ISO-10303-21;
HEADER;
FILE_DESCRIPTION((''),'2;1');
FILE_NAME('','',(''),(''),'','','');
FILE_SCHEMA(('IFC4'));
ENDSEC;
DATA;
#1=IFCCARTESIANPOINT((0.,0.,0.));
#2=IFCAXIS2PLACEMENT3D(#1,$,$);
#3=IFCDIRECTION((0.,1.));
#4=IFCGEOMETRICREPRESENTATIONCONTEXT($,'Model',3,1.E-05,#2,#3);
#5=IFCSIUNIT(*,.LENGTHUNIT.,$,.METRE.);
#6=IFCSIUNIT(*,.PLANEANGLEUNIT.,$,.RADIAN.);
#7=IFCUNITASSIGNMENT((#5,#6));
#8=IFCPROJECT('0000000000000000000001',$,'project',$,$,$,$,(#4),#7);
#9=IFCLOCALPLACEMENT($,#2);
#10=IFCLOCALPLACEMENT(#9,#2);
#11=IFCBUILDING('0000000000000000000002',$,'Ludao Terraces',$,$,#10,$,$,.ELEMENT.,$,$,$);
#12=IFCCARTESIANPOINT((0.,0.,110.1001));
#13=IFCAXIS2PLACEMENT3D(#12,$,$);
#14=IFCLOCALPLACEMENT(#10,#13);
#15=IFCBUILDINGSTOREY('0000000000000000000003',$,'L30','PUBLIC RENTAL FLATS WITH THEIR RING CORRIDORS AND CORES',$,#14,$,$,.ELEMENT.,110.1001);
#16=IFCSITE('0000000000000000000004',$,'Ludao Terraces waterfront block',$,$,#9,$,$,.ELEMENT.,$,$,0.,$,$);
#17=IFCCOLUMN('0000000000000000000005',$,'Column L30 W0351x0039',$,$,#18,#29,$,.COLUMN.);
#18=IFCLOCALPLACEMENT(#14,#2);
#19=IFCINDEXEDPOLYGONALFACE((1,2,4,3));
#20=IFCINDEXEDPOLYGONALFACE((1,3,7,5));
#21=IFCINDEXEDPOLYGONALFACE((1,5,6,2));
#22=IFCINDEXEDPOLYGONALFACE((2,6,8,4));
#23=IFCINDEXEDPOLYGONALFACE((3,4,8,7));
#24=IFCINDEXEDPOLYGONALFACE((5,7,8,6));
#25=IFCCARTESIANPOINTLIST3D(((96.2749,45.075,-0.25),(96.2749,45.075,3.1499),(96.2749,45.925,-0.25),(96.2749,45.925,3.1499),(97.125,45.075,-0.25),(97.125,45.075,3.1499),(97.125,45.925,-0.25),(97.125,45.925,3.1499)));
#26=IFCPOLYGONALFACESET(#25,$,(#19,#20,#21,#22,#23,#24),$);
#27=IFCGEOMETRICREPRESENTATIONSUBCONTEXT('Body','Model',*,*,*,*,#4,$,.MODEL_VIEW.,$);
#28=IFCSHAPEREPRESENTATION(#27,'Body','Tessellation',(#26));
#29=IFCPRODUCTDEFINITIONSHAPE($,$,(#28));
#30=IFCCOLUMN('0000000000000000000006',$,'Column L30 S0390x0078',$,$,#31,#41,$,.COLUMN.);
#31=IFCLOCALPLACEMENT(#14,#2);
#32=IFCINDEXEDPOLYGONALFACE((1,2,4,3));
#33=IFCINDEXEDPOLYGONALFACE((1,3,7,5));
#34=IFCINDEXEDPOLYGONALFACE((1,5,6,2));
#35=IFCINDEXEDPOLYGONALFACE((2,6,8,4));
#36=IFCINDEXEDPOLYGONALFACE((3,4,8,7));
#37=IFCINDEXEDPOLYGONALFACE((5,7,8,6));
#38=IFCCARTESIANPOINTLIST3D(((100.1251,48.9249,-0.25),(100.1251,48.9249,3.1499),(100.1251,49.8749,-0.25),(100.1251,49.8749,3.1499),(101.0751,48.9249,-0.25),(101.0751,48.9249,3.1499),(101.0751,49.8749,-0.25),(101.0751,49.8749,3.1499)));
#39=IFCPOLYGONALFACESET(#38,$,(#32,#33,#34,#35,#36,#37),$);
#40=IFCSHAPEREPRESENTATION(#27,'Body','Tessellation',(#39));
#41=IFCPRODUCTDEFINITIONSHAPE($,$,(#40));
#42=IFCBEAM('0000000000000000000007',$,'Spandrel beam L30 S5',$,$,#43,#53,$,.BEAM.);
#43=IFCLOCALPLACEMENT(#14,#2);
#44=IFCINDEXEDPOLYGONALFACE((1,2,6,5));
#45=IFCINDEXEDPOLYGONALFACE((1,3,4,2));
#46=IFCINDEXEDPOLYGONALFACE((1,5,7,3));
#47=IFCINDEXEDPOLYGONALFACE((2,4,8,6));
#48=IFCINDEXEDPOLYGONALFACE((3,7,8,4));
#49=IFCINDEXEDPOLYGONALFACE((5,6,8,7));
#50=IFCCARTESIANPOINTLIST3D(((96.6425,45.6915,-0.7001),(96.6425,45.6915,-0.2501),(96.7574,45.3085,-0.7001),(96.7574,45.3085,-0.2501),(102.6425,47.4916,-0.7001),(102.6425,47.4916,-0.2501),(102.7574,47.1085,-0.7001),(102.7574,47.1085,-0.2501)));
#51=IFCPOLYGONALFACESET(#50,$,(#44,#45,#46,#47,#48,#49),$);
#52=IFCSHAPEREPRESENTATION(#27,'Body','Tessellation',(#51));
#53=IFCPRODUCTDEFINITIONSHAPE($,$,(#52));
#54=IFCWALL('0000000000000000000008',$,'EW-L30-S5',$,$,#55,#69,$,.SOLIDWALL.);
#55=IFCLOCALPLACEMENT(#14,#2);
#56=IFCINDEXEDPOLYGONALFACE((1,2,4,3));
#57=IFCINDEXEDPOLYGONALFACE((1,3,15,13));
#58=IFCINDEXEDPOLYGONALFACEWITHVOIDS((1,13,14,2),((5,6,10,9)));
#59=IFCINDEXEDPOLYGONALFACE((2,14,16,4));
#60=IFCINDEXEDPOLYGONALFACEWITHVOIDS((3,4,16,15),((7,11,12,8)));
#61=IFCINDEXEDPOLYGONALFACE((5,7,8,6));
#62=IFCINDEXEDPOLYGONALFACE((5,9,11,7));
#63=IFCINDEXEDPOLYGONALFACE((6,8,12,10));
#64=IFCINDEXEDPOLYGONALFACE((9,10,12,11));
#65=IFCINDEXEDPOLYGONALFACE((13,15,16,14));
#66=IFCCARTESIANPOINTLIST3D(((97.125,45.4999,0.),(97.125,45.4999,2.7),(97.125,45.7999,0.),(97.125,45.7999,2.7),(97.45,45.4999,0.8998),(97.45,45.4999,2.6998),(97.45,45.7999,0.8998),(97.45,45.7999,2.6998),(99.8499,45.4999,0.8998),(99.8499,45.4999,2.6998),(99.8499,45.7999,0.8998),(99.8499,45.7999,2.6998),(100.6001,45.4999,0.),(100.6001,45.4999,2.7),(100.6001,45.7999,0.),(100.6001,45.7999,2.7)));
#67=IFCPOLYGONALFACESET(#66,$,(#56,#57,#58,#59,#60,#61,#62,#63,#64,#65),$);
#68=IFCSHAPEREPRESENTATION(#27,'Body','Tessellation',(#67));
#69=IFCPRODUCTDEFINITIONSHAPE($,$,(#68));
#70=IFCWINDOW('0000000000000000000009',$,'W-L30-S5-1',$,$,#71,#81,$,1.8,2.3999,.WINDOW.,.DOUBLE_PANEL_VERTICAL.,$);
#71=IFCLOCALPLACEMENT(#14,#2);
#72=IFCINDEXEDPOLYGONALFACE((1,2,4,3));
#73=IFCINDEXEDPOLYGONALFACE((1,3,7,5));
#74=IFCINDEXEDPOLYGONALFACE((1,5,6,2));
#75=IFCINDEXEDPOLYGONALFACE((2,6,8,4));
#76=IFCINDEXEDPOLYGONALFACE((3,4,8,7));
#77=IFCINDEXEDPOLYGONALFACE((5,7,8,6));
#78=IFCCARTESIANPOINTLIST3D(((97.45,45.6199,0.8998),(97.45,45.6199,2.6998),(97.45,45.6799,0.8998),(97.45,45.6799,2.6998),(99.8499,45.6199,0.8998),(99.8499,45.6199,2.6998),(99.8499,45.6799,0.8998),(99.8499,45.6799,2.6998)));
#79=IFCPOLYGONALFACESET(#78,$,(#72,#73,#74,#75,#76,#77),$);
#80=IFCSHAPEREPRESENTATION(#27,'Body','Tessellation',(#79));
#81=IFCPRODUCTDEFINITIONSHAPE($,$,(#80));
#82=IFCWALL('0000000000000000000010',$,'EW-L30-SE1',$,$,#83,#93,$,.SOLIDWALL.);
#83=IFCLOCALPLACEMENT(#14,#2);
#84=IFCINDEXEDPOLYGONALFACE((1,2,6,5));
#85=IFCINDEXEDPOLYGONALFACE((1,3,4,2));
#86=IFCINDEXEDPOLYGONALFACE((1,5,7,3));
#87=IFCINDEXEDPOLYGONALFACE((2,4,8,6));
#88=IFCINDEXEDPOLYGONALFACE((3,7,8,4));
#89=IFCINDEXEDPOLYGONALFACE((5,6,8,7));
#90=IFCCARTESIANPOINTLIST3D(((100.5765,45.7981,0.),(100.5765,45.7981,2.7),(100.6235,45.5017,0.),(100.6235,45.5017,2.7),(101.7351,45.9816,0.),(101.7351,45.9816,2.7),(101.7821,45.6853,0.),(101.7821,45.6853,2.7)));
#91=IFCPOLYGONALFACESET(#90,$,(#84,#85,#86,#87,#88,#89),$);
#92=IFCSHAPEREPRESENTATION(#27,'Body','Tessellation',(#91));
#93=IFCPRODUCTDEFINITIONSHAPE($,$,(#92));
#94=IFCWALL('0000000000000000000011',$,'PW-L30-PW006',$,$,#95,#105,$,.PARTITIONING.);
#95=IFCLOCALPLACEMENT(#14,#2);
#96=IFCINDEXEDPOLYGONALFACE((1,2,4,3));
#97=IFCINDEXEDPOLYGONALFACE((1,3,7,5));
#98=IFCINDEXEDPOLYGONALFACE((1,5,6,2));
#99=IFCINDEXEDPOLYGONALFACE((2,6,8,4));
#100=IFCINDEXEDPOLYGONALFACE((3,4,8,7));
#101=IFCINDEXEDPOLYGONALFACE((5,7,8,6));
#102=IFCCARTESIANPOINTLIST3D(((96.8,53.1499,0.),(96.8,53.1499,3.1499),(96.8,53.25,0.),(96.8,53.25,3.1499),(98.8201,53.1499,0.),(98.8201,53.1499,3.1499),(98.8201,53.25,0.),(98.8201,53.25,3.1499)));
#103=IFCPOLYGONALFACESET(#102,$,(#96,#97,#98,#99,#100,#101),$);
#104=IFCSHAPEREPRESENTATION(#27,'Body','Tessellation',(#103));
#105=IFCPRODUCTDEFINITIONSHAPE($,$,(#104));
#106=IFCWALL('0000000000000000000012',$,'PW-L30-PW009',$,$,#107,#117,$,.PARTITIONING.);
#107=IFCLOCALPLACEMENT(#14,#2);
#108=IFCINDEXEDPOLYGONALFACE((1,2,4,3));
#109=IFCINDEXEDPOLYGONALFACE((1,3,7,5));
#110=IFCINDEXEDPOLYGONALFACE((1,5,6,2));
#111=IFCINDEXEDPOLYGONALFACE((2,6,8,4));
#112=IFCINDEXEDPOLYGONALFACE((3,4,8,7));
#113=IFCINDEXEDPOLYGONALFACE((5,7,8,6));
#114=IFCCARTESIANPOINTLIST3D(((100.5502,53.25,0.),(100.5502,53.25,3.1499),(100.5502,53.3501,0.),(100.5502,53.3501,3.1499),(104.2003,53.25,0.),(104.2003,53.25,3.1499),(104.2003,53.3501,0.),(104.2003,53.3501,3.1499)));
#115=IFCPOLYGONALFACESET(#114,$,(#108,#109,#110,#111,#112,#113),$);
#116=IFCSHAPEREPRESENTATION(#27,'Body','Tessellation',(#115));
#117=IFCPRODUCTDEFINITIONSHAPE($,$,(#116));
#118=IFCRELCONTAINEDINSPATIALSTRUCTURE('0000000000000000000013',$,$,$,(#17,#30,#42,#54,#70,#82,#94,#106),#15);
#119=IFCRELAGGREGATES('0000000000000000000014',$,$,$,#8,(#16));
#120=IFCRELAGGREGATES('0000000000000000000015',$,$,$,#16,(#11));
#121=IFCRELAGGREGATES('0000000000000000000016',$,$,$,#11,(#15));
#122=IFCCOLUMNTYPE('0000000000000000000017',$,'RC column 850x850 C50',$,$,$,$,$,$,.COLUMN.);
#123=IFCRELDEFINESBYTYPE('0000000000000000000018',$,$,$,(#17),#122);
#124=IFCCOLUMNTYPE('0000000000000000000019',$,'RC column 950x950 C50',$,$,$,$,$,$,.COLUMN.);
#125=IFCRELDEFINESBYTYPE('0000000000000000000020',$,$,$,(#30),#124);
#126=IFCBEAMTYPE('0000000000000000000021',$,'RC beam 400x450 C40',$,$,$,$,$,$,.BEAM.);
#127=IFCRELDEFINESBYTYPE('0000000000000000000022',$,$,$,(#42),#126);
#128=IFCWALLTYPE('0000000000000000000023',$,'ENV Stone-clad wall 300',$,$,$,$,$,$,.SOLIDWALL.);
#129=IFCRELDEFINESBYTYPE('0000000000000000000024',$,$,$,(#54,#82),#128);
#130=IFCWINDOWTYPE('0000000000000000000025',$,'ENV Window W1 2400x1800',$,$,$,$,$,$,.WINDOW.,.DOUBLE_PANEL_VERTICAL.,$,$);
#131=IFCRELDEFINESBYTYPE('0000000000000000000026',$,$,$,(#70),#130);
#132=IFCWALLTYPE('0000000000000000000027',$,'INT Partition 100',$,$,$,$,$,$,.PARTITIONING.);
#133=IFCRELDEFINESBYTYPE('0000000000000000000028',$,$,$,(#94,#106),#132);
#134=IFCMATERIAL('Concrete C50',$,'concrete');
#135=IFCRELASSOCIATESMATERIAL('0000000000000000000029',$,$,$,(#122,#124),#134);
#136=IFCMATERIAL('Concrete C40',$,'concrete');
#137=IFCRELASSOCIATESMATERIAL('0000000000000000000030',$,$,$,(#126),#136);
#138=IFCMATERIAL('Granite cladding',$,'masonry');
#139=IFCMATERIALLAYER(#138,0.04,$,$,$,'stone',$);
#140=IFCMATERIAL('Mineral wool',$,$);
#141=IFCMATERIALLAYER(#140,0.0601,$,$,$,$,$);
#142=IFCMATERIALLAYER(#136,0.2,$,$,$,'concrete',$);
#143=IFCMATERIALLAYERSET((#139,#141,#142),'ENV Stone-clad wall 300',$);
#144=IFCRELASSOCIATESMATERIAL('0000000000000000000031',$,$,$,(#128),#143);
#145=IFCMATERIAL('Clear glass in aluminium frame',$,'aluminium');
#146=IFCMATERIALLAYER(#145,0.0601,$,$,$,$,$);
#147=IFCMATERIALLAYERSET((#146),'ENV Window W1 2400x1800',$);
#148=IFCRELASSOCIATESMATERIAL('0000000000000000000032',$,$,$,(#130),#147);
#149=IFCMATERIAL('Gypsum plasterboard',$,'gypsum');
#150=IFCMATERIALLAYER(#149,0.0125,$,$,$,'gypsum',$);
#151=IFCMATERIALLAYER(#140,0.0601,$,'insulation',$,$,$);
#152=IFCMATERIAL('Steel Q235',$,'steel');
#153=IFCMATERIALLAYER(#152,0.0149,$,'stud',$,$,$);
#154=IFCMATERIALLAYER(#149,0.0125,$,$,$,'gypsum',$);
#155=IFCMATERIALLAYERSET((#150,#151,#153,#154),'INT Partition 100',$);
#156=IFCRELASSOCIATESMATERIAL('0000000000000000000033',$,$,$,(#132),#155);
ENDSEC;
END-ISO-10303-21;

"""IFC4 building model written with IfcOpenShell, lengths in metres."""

from ifc_helpers import new_model, si_unit, direction, frame, frame_2d, origin, origin_2d, place, context, subcontext, project, spatial, rectangle, extrude, material, layer, layer_set, material_profile, profile_set, type_object, element, fill, save


model = new_model("IFC4")

# Units and contexts
model_context = context("Model", 3, precision=1e-05, world=origin(), true_north=direction((0.0, 1.0)))
body_context = subcontext(model_context, "Body", "Model", "MODEL_VIEW")
ifc_project = project(units=[si_unit("LENGTHUNIT", "METRE"), si_unit("PLANEANGLEUNIT", "RADIAN")], contexts=[model_context])

# Site, building, storey
site_placement = place(None, origin())
site = spatial("IfcSite", under=ifc_project, at=site_placement, Name="Ludao Terraces waterfront block", CompositionType="ELEMENT", RefElevation=0.0)
building_placement = place(site_placement, origin())
building = spatial("IfcBuilding", under=site, at=building_placement, Name="Ludao Terraces", CompositionType="ELEMENT")
storey_placement = place(building_placement, frame((0.0, 0.0, 110.1001)))
storey = spatial("IfcBuildingStorey", under=building, at=storey_placement, Name="L30", Description="PUBLIC RENTAL FLATS WITH THEIR RING CORRIDORS AND CORES", CompositionType="ELEMENT", Elevation=110.1001)

# Columns
ifc_material_1 = material(Name="Concrete C50", Category="concrete")
ifc_material_profile_1 = material_profile(ifc_material_1, rectangle(XDim=0.8501, YDim=0.8501, at=origin_2d()), Name="850 X 850")
ifc_profile_set_1 = profile_set([ifc_material_profile_1], Name="Concrete C50")
column_type_1 = type_object("IfcColumnType", Name="RC column 850x850 C50", PredefinedType="COLUMN", material=ifc_profile_set_1)
column_1_placement = place(storey_placement, frame((96.7, 45.5, -0.25), z_axis=(0.0, 0.0, 1.0), x_axis=(1.0, 0.0, 0.0)))
element("IfcColumn", 1, at=column_1_placement, inside=storey, type_object=column_type_1, Name="Column L30 W0351x0039", PredefinedType="COLUMN", context=body_context, shape_type="SweptSolid", body=[
    extrude(rectangle(XDim=0.8501, YDim=0.8501, at=origin_2d()), origin(), (0.0, 0.0, 1.0), 3.3999),
])
ifc_material_profile_2 = material_profile(ifc_material_1, rectangle(XDim=0.95, YDim=0.95, at=origin_2d()), Name="950 X 950")
ifc_profile_set_2 = profile_set([ifc_material_profile_2], Name="Concrete C50")
column_type_2 = type_object("IfcColumnType", Name="RC column 950x950 C50", PredefinedType="COLUMN", material=ifc_profile_set_2)
column_2_placement = place(storey_placement, frame((100.6001, 49.3999, -0.25), z_axis=(0.0, 0.0, 1.0), x_axis=(1.0, 0.0, 0.0)))
element("IfcColumn", 2, at=column_2_placement, inside=storey, type_object=column_type_2, Name="Column L30 S0390x0078", PredefinedType="COLUMN", context=body_context, shape_type="SweptSolid", body=[
    extrude(rectangle(XDim=0.95, YDim=0.95, at=origin_2d()), origin(), (0.0, 0.0, 1.0), 3.3999),
])

# Beam
ifc_material_2 = material(Name="Concrete C40", Category="concrete")
ifc_material_profile_3 = material_profile(ifc_material_2, rectangle(XDim=0.3999, YDim=0.45, at=origin_2d()), Name="400 X 450")
ifc_profile_set_3 = profile_set([ifc_material_profile_3], Name="Concrete C40")
beam_type = type_object("IfcBeamType", Name="RC beam 400x450 C40", PredefinedType="BEAM", material=ifc_profile_set_3)
beam_placement = place(storey_placement, frame((96.7, 45.5, -0.4751), z_axis=(0.957824, 0.287355, 0.0), x_axis=(-0.287355, 0.957824, 0.0)))
element("IfcBeam", 3, at=beam_placement, inside=storey, type_object=beam_type, Name="Spandrel beam L30 S5", PredefinedType="BEAM", context=body_context, shape_type="SweptSolid", body=[
    extrude(rectangle(XDim=0.3999, YDim=0.45, at=origin_2d()), origin(), (0.0, 0.0, 1.0), 6.2642),
])

# Wall, opening, window
ifc_material_3 = material(Name="Granite cladding", Category="masonry")
ifc_layer_1 = layer(ifc_material_3, 0.04, Category="stone")
ifc_material_4 = material(Name="Mineral wool")
ifc_layer_2 = layer(ifc_material_4, 0.0601)
ifc_layer_3 = layer(ifc_material_2, 0.2, Category="concrete")
ifc_layer_set_1 = layer_set([ifc_layer_1, ifc_layer_2, ifc_layer_3], Name="ENV Stone-clad wall 300")
wall_type_1 = type_object("IfcWallType", Name="ENV Stone-clad wall 300", PredefinedType="SOLIDWALL", material=ifc_layer_set_1)
wall_1_placement = place(storey_placement, frame((97.125, 45.6499, 0.0), z_axis=(0.0, 0.0, 1.0), x_axis=(1.0, 0.0, 0.0)))
wall_1 = element("IfcWall", 4, at=wall_1_placement, inside=storey, type_object=wall_type_1, Name="EW-L30-S5", PredefinedType="SOLIDWALL", context=body_context, shape_type="SweptSolid", body=[
    extrude(rectangle(XDim=3.4751, YDim=0.3, at=frame_2d((1.7375, 0.0))), origin(), (0.0, 0.0, 1.0), 2.7),
])
opening_1_placement = place(wall_1_placement, frame((0.325, 0.0, 0.8999)))
opening_1 = element("IfcOpeningElement", 5, at=opening_1_placement, cuts=wall_1, PredefinedType="OPENING", context=body_context, shape_type="SweptSolid", body=[
    extrude(rectangle(XDim=2.3999, YDim=1.8, at=frame_2d((1.2, 0.8999))), frame((0.0, 0.1602, 0.0), z_axis=(0.0, -1.0, 0.0), x_axis=(1.0, 0.0, 0.0)), (0.0, 0.0, 1.0), 0.3201),
])
ifc_material_5 = material(Name="Clear glass in aluminium frame", Category="aluminium")
ifc_layer_4 = layer(ifc_material_5, 0.0601)
ifc_layer_set_2 = layer_set([ifc_layer_4], Name="ENV Window W1 2400x1800")
window_type = type_object("IfcWindowType", Name="ENV Window W1 2400x1800", PartitioningType="DOUBLE_PANEL_VERTICAL", PredefinedType="WINDOW", material=ifc_layer_set_2)
window_placement = place(opening_1_placement, origin())
window = element("IfcWindow", 6, at=window_placement, inside=storey, type_object=window_type, Name="W-L30-S5-1", OverallHeight=1.8, OverallWidth=2.3999, PartitioningType="DOUBLE_PANEL_VERTICAL", PredefinedType="WINDOW", context=body_context, shape_type="SweptSolid", body=[
    extrude(rectangle(XDim=2.3999, YDim=1.8, at=frame_2d((1.2, 0.8999))), frame((0.0, 0.03, 0.0), z_axis=(0.0, -1.0, 0.0), x_axis=(1.0, 0.0, 0.0)), (0.0, 0.0, 1.0), 0.0601),
])
fill(opening_1, window)

# Walls
wall_2_placement = place(storey_placement, frame((100.6001, 45.6499, 0.0), z_axis=(0.0, 0.0, 1.0), x_axis=(0.987678, 0.156497, 0.0)))
element("IfcWall", 7, at=wall_2_placement, inside=storey, type_object=wall_type_1, Name="EW-L30-SE1", PredefinedType="SOLIDWALL", context=body_context, shape_type="SweptSolid", body=[
    extrude(rectangle(XDim=1.1731, YDim=0.3, at=frame_2d((0.5864, 0.0))), origin(), (0.0, 0.0, 1.0), 2.7),
])
ifc_material_6 = material(Name="Gypsum plasterboard", Category="gypsum")
ifc_layer_5 = layer(ifc_material_6, 0.0125, Category="gypsum")
ifc_layer_6 = layer(ifc_material_4, 0.0601, Name="insulation")
ifc_material_7 = material(Name="Steel Q235", Category="steel")
ifc_layer_7 = layer(ifc_material_7, 0.0149, Name="stud")
ifc_layer_8 = layer(ifc_material_6, 0.0125, Category="gypsum")
ifc_layer_set_3 = layer_set([ifc_layer_5, ifc_layer_6, ifc_layer_7, ifc_layer_8], Name="INT Partition 100")
wall_type_2 = type_object("IfcWallType", Name="INT Partition 100", PredefinedType="PARTITIONING", material=ifc_layer_set_3)
wall_3_placement = place(storey_placement, frame((96.8, 53.2, 0.0), z_axis=(0.0, 0.0, 1.0), x_axis=(1.0, 0.0, 0.0)))
element("IfcWall", 8, at=wall_3_placement, inside=storey, type_object=wall_type_2, Name="PW-L30-PW006", PredefinedType="PARTITIONING", context=body_context, shape_type="SweptSolid", body=[
    extrude(rectangle(XDim=2.02, YDim=0.1001, at=frame_2d((1.01, 0.0))), origin(), (0.0, 0.0, 1.0), 3.1499),
])
wall_4_placement = place(storey_placement, frame((100.55, 53.3, 0.0), z_axis=(0.0, 0.0, 1.0), x_axis=(1.0, 0.0, 0.0)))
element("IfcWall", 9, at=wall_4_placement, inside=storey, type_object=wall_type_2, Name="PW-L30-PW009", PredefinedType="PARTITIONING", context=body_context, shape_type="SweptSolid", body=[
    extrude(rectangle(XDim=3.6501, YDim=0.1001, at=frame_2d((1.8252, 0.0))), origin(), (0.0, 0.0, 1.0), 3.1499),
])

save(model, "model.ifc")
